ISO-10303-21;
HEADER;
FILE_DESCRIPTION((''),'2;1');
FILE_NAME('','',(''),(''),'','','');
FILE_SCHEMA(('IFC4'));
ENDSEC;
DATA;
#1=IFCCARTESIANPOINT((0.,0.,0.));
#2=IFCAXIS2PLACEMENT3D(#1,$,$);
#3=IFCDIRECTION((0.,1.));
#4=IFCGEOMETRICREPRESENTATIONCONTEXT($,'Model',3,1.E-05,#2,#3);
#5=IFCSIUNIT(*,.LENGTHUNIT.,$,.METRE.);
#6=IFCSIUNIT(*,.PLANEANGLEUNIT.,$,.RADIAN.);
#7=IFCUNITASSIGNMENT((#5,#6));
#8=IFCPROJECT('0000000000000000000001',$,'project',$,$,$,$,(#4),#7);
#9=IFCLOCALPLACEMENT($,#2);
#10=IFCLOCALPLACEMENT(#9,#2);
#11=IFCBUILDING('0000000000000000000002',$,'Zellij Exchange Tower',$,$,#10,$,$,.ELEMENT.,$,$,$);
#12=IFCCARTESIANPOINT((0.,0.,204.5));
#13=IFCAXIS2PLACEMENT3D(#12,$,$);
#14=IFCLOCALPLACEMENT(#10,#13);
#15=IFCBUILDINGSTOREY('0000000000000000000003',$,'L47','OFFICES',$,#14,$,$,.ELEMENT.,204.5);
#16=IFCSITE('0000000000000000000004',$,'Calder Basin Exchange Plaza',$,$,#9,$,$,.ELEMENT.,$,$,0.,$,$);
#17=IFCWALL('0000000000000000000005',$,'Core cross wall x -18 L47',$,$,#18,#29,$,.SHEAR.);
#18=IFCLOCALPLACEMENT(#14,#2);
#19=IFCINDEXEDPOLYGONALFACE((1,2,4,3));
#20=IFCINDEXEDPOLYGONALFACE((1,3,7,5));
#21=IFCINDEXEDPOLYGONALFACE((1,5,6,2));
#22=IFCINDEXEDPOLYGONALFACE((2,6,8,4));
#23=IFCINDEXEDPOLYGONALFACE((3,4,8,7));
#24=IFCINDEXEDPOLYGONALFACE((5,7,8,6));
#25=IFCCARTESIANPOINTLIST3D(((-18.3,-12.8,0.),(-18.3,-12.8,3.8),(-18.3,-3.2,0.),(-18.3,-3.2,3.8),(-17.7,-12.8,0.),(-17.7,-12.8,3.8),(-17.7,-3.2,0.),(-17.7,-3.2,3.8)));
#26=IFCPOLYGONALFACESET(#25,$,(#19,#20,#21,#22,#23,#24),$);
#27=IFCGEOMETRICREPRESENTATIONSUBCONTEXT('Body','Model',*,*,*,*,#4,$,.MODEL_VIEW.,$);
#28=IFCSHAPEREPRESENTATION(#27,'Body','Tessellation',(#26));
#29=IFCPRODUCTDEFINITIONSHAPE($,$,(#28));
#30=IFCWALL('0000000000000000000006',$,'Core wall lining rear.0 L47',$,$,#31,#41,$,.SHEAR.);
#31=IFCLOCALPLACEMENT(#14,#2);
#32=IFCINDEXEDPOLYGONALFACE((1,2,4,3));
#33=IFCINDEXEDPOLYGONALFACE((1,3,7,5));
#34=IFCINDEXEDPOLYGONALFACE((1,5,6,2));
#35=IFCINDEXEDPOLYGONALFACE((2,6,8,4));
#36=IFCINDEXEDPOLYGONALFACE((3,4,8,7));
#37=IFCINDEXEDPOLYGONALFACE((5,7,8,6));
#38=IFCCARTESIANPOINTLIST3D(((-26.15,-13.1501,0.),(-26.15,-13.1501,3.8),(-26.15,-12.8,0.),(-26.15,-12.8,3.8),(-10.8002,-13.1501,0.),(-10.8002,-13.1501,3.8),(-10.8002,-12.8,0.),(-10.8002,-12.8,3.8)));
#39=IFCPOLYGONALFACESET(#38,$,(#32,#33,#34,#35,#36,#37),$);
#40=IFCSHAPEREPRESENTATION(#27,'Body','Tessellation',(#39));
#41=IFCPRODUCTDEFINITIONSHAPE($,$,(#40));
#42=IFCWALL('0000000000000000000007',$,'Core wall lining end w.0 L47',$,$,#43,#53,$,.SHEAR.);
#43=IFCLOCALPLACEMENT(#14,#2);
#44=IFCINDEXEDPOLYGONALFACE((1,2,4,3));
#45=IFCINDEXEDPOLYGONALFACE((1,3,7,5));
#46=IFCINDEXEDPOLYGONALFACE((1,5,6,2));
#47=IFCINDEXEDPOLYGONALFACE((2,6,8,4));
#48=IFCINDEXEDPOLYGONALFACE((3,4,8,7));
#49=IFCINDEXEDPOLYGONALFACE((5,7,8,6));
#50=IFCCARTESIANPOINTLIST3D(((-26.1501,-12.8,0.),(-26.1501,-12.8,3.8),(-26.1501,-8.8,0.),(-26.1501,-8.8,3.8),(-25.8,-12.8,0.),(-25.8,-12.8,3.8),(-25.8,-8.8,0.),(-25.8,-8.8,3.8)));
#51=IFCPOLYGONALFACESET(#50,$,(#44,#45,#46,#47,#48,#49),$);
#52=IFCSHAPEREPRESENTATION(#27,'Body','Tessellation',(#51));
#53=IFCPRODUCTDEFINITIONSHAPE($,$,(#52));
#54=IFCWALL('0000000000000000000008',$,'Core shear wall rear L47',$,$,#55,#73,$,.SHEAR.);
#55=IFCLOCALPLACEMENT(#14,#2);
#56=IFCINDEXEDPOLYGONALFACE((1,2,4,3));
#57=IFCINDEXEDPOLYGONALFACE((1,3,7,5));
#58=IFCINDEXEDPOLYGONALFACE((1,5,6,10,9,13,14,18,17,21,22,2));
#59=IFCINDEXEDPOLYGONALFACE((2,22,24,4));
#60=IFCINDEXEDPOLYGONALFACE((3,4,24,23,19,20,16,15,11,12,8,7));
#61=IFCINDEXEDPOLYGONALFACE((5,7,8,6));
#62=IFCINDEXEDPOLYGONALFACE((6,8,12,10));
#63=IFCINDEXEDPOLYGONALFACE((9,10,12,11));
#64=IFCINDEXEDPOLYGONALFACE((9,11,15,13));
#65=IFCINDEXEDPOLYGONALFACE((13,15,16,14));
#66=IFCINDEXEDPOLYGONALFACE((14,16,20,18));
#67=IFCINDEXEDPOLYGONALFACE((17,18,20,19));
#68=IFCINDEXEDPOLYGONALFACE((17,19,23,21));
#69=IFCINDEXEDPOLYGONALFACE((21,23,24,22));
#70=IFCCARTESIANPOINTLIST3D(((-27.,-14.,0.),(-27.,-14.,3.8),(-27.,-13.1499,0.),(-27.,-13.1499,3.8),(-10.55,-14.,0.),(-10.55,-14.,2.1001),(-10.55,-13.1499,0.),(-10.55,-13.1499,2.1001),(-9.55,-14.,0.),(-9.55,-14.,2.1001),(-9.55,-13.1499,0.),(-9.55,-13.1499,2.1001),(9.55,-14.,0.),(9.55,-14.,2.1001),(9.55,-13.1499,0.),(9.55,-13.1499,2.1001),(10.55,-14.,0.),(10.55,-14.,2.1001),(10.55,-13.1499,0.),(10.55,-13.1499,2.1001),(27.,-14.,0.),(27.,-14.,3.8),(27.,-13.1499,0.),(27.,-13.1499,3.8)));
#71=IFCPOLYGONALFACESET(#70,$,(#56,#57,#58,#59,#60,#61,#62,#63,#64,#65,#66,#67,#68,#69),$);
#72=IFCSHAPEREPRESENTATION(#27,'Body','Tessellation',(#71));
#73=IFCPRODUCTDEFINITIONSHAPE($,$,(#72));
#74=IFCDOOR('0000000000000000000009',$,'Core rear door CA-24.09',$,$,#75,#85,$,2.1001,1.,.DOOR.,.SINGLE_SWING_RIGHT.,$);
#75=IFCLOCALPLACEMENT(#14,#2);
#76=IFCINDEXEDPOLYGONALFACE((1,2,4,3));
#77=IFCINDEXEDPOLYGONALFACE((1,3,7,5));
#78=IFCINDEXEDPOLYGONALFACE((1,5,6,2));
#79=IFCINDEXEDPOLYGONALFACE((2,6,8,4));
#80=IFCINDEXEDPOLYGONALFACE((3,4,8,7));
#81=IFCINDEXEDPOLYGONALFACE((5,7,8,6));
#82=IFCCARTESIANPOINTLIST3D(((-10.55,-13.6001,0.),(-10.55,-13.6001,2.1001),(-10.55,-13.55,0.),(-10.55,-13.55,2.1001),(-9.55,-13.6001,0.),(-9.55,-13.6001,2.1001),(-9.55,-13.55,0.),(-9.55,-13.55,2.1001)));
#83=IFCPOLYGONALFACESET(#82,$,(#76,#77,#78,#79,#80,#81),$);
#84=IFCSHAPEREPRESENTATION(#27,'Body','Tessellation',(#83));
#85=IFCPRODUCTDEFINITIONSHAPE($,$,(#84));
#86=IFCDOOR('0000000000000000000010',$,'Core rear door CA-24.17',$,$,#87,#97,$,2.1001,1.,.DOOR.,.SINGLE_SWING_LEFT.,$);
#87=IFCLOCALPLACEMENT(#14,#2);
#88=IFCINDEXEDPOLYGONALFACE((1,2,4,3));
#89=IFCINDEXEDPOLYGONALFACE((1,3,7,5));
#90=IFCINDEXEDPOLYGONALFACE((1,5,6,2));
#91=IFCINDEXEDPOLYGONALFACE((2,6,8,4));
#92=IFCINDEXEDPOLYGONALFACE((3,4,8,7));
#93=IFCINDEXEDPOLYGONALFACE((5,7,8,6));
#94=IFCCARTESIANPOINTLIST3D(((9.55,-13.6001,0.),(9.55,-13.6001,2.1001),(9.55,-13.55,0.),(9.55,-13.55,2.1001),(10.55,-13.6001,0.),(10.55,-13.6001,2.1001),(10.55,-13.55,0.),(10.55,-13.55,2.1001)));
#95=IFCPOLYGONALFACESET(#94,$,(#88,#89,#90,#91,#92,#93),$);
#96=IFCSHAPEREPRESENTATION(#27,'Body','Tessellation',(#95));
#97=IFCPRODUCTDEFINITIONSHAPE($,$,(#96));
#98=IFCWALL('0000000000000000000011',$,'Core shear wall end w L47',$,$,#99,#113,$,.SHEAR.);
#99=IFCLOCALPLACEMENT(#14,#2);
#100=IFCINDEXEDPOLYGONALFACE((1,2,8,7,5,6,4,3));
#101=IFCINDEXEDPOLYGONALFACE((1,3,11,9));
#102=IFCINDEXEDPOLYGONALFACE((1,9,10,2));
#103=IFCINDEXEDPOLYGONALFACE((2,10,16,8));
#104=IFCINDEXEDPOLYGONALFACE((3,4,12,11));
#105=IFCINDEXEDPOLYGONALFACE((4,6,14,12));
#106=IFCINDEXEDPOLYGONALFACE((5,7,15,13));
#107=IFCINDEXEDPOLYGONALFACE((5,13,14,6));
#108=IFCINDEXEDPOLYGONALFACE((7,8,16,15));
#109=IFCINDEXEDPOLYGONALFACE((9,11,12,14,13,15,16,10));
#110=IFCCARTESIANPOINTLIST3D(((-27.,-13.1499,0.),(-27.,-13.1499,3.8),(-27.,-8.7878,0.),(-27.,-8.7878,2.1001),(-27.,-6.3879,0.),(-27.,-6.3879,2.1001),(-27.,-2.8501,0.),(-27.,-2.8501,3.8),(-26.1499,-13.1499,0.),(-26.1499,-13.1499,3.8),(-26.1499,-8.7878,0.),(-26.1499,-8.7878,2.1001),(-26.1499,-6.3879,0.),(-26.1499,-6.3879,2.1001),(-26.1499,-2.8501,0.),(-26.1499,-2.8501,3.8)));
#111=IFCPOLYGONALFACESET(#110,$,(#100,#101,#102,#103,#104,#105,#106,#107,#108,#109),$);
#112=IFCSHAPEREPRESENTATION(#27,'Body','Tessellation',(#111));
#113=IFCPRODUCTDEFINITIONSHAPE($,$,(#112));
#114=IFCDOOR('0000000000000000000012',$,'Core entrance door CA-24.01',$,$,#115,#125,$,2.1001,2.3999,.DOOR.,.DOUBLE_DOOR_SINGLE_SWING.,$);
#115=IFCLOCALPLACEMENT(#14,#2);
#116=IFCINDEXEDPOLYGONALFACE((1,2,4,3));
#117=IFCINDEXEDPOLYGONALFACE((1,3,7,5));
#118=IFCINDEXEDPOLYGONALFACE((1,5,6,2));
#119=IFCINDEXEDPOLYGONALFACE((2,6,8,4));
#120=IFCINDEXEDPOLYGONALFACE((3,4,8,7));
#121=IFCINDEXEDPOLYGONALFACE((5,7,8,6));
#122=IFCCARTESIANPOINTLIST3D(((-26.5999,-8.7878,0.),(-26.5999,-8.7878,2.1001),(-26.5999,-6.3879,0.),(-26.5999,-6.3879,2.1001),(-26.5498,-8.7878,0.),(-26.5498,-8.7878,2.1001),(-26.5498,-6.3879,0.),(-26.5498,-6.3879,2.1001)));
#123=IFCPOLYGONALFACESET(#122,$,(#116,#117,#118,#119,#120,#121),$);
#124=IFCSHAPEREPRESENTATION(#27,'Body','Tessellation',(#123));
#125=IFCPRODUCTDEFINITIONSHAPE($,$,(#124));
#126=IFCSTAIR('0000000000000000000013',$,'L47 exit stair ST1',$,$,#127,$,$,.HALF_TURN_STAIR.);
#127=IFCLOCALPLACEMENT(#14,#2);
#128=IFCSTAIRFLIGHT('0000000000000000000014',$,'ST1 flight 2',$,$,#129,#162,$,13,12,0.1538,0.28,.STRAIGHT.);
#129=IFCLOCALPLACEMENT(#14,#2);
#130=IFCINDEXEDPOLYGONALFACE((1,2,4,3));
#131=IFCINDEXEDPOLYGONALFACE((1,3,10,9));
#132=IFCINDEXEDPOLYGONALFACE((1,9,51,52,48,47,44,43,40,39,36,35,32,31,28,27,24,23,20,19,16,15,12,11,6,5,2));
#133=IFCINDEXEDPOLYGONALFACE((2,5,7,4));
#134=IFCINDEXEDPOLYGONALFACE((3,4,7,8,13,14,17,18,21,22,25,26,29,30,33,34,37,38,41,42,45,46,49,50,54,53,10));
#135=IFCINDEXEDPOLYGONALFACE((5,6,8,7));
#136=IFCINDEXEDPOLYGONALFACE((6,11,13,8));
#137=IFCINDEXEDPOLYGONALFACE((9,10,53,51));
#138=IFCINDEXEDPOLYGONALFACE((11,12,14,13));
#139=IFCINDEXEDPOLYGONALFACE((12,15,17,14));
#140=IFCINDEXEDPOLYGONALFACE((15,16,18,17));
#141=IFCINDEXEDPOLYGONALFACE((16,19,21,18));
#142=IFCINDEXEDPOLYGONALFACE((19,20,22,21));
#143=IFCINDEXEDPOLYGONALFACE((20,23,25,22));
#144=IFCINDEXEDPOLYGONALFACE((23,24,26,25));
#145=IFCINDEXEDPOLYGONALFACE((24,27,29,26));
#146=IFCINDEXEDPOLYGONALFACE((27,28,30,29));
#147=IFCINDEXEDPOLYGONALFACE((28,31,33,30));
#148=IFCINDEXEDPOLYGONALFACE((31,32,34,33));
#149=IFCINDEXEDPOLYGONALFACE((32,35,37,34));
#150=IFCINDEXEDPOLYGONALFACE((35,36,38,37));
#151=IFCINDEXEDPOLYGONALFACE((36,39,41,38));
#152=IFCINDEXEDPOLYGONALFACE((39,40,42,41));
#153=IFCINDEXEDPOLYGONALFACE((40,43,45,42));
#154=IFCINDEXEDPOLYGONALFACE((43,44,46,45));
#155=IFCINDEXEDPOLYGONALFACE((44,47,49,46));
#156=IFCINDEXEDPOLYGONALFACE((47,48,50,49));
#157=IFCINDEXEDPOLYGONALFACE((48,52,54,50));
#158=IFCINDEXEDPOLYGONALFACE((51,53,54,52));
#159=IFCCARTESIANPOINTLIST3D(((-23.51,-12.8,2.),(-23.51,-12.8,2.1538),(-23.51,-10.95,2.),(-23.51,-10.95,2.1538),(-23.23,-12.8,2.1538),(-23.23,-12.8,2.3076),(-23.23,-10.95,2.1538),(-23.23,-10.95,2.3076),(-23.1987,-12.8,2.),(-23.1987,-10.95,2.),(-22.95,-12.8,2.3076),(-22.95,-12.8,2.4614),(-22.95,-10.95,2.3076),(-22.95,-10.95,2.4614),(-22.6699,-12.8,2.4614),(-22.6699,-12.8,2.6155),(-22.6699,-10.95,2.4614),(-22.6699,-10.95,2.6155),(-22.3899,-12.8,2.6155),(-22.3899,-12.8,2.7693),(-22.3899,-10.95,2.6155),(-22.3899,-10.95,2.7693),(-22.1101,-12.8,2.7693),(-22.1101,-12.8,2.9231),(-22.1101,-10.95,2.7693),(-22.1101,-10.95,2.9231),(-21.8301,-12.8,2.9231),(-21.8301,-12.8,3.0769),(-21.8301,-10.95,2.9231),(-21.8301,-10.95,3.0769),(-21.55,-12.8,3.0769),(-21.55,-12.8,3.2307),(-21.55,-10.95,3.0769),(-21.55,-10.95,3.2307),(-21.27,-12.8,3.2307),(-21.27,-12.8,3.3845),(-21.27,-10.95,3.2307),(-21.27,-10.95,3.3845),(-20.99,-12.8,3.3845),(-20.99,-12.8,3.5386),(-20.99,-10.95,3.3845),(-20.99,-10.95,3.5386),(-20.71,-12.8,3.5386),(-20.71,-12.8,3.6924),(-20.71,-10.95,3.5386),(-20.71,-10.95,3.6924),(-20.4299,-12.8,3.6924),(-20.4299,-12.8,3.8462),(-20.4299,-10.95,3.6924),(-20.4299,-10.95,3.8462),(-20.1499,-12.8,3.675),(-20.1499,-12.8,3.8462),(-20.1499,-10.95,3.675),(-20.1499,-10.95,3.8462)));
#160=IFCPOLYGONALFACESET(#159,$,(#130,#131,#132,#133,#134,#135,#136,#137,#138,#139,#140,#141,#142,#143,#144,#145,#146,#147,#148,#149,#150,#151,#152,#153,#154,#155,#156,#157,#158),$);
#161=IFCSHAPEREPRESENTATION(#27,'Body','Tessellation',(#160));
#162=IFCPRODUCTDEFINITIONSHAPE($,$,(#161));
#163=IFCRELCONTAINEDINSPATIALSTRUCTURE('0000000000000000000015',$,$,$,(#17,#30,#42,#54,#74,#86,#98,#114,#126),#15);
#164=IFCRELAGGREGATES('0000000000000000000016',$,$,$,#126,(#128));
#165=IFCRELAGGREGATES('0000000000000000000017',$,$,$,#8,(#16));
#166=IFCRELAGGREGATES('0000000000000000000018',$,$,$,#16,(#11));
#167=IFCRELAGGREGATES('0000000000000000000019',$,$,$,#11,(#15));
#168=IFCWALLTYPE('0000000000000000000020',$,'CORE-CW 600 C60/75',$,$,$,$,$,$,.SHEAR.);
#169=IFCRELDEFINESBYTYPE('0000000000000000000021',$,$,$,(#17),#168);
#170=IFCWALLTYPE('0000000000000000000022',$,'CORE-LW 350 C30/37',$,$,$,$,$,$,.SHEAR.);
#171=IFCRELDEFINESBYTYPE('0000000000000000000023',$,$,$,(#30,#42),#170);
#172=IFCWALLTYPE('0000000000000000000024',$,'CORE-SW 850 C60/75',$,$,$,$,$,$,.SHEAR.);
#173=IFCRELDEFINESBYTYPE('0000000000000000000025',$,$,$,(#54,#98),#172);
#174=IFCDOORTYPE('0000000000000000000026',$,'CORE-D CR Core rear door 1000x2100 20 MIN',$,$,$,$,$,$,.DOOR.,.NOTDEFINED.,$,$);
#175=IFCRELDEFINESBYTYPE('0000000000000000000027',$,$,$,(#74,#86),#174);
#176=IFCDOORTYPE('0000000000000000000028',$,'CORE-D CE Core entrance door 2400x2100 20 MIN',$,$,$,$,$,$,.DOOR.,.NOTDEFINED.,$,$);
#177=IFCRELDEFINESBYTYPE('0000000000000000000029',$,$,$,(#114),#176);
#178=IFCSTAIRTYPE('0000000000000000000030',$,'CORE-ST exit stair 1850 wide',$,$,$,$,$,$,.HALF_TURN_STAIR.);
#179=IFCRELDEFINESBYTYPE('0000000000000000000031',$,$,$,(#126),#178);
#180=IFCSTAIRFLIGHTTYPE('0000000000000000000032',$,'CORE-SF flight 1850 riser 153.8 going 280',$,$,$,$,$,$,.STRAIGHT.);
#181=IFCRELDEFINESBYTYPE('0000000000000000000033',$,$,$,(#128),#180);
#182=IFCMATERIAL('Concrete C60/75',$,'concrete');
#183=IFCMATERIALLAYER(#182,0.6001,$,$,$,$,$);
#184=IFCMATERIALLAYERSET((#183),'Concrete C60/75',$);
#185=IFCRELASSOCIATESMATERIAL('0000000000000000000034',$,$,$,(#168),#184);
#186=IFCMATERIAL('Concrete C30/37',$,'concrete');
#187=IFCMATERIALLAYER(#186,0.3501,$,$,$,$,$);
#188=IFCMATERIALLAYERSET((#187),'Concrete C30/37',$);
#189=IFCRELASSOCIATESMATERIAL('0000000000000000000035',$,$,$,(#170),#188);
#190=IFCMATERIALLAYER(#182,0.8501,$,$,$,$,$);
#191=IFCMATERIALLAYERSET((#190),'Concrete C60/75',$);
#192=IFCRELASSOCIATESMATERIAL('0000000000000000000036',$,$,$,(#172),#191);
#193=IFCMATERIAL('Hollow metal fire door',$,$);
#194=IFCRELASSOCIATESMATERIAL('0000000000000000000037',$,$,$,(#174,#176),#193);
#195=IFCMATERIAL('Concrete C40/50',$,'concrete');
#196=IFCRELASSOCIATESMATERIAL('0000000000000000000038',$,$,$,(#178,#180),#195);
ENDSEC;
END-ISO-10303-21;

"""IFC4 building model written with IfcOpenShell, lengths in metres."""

from ifc_helpers import new_model, si_unit, direction, frame, frame_2d, origin, place, context, subcontext, project, spatial, polyline, rectangle, outline, extrude, material, layer, layer_set, type_object, element, fill, aggregate, save


model = new_model("IFC4")

# Units and contexts
model_context = context("Model", 3, precision=1e-05, world=origin(), true_north=direction((0.0, 1.0)))
body_context = subcontext(model_context, "Body", "Model", "MODEL_VIEW")
ifc_project = project(units=[si_unit("LENGTHUNIT", "METRE"), si_unit("PLANEANGLEUNIT", "RADIAN")], contexts=[model_context])

# Site, building, storey
site_placement = place(None, origin())
site = spatial("IfcSite", under=ifc_project, at=site_placement, Name="Calder Basin Exchange Plaza", CompositionType="ELEMENT", RefElevation=0.0)
building_placement = place(site_placement, origin())
building = spatial("IfcBuilding", under=site, at=building_placement, Name="Zellij Exchange Tower", CompositionType="ELEMENT")
storey_placement = place(building_placement, frame((0.0, 0.0, 204.5)))
storey = spatial("IfcBuildingStorey", under=building, at=storey_placement, Name="L47", Description="OFFICES", CompositionType="ELEMENT", Elevation=204.5)

# Walls
ifc_material_1 = material(Name="Concrete C60/75", Category="concrete")
ifc_layer_1 = layer(ifc_material_1, 0.6001)
ifc_layer_set_1 = layer_set([ifc_layer_1], Name="Concrete C60/75")
wall_type_1 = type_object("IfcWallType", Name="CORE-CW 600 C60/75", PredefinedType="SHEAR", material=ifc_layer_set_1)
wall_1_placement = place(storey_placement, frame((-18.0, -12.8, 0.0), z_axis=(0.0, 0.0, 1.0), x_axis=(0.0, 1.0, 0.0)))
element("IfcWall", 1, at=wall_1_placement, inside=storey, type_object=wall_type_1, Name="Core cross wall x -18 L47", PredefinedType="SHEAR", context=body_context, shape_type="SweptSolid", body=[
    extrude(rectangle(XDim=9.6001, YDim=0.6001, at=frame_2d((4.8, 0.0))), origin(), (0.0, 0.0, 1.0), 3.8),
])
ifc_material_2 = material(Name="Concrete C30/37", Category="concrete")
ifc_layer_2 = layer(ifc_material_2, 0.3501)
ifc_layer_set_2 = layer_set([ifc_layer_2], Name="Concrete C30/37")
wall_type_2 = type_object("IfcWallType", Name="CORE-LW 350 C30/37", PredefinedType="SHEAR", material=ifc_layer_set_2)
wall_2_placement = place(storey_placement, frame((-26.1499, -12.9751, 0.0), z_axis=(0.0, 0.0, 1.0), x_axis=(1.0, 0.0, 0.0)))
element("IfcWall", 2, at=wall_2_placement, inside=storey, type_object=wall_type_2, Name="Core wall lining rear.0 L47", PredefinedType="SHEAR", context=body_context, shape_type="SweptSolid", body=[
    extrude(rectangle(XDim=15.3499, YDim=0.3501, at=frame_2d((7.6748, 0.0))), origin(), (0.0, 0.0, 1.0), 3.8),
])
wall_3_placement = place(storey_placement, frame((-25.9751, -12.8, 0.0), z_axis=(0.0, 0.0, 1.0), x_axis=(0.0, 1.0, 0.0)))
element("IfcWall", 3, at=wall_3_placement, inside=storey, type_object=wall_type_2, Name="Core wall lining end w.0 L47", PredefinedType="SHEAR", context=body_context, shape_type="SweptSolid", body=[
    extrude(rectangle(XDim=4.0, YDim=0.3501, at=frame_2d((2.0, 0.0))), origin(), (0.0, 0.0, 1.0), 3.8),
])

# Wall, openings, doors
ifc_layer_3 = layer(ifc_material_1, 0.8501)
ifc_layer_set_3 = layer_set([ifc_layer_3], Name="Concrete C60/75")
wall_type_3 = type_object("IfcWallType", Name="CORE-SW 850 C60/75", PredefinedType="SHEAR", material=ifc_layer_set_3)
wall_4_placement = place(storey_placement, frame((-27.0, -13.575, 0.0), z_axis=(0.0, 0.0, 1.0), x_axis=(1.0, 0.0, 0.0)))
wall_4 = element("IfcWall", 4, at=wall_4_placement, inside=storey, type_object=wall_type_3, Name="Core shear wall rear L47", PredefinedType="SHEAR", context=body_context, shape_type="SweptSolid", body=[
    extrude(rectangle(XDim=54.0, YDim=0.8501, at=frame_2d((27.0, 0.0))), origin(), (0.0, 0.0, 1.0), 3.8),
])
opening_1_placement = place(wall_4_placement, frame((16.45, 0.0, 0.0)))
opening_1 = element("IfcOpeningElement", 5, at=opening_1_placement, cuts=wall_4, PredefinedType="OPENING", context=body_context, shape_type="SweptSolid", body=[
    extrude(rectangle(XDim=1.0, YDim=2.1001, at=frame_2d((0.5, 1.05))), frame((0.0, 0.437, 0.0), z_axis=(0.0, -1.0, 0.0), x_axis=(1.0, 0.0, 0.0)), (0.0, 0.0, 1.0), 0.874),
])
opening_2_placement = place(wall_4_placement, frame((36.55, 0.0, 0.0)))
opening_2 = element("IfcOpeningElement", 6, at=opening_2_placement, cuts=wall_4, PredefinedType="OPENING", context=body_context, shape_type="SweptSolid", body=[
    extrude(rectangle(XDim=1.0, YDim=2.1001, at=frame_2d((0.5, 1.05))), frame((0.0, 0.437, 0.0), z_axis=(0.0, -1.0, 0.0), x_axis=(1.0, 0.0, 0.0)), (0.0, 0.0, 1.0), 0.874),
])
ifc_material_3 = material(Name="Hollow metal fire door")
door_type_1 = type_object("IfcDoorType", Name="CORE-D CR Core rear door 1000x2100 20 MIN", OperationType="NOTDEFINED", PredefinedType="DOOR", material=ifc_material_3)
door_1_placement = place(opening_1_placement, origin())
door_1 = element("IfcDoor", 7, at=door_1_placement, inside=storey, type_object=door_type_1, Name="Core rear door CA-24.09", OperationType="SINGLE_SWING_RIGHT", OverallHeight=2.1001, OverallWidth=1.0, PredefinedType="DOOR", context=body_context, shape_type="SweptSolid", body=[
    extrude(rectangle(XDim=1.0, YDim=2.1001, at=frame_2d((0.5, 1.05))), frame((0.0, 0.0249, 0.0), z_axis=(0.0, -1.0, 0.0), x_axis=(1.0, 0.0, 0.0)), (0.0, 0.0, 1.0), 0.05),
])
fill(opening_1, door_1)
door_2_placement = place(opening_2_placement, origin())
door_2 = element("IfcDoor", 8, at=door_2_placement, inside=storey, type_object=door_type_1, Name="Core rear door CA-24.17", OperationType="SINGLE_SWING_LEFT", OverallHeight=2.1001, OverallWidth=1.0, PredefinedType="DOOR", context=body_context, shape_type="SweptSolid", body=[
    extrude(rectangle(XDim=1.0, YDim=2.1001, at=frame_2d((0.5, 1.05))), frame((0.0, 0.0249, 0.0), z_axis=(0.0, -1.0, 0.0), x_axis=(1.0, 0.0, 0.0)), (0.0, 0.0, 1.0), 0.05),
])
fill(opening_2, door_2)

# Wall, opening, door
wall_5_placement = place(storey_placement, frame((-26.575, -13.1499, 0.0), z_axis=(0.0, 0.0, 1.0), x_axis=(0.0, 1.0, 0.0)))
wall_5 = element("IfcWall", 9, at=wall_5_placement, inside=storey, type_object=wall_type_3, Name="Core shear wall end w L47", PredefinedType="SHEAR", context=body_context, shape_type="SweptSolid", body=[
    extrude(rectangle(XDim=10.2998, YDim=0.8501, at=frame_2d((5.1499, 0.0))), origin(), (0.0, 0.0, 1.0), 3.8),
])
opening_3_placement = place(wall_5_placement, frame((4.3621, 0.0, 0.0)))
opening_3 = element("IfcOpeningElement", 10, at=opening_3_placement, cuts=wall_5, PredefinedType="OPENING", context=body_context, shape_type="SweptSolid", body=[
    extrude(rectangle(XDim=2.3999, YDim=2.1001, at=frame_2d((1.2, 1.05))), frame((0.0, 0.437, 0.0), z_axis=(0.0, -1.0, 0.0), x_axis=(1.0, 0.0, 0.0)), (0.0, 0.0, 1.0), 0.874),
])
door_type_2 = type_object("IfcDoorType", Name="CORE-D CE Core entrance door 2400x2100 20 MIN", OperationType="NOTDEFINED", PredefinedType="DOOR", material=ifc_material_3)
door_3_placement = place(opening_3_placement, origin())
door_3 = element("IfcDoor", 11, at=door_3_placement, inside=storey, type_object=door_type_2, Name="Core entrance door CA-24.01", OperationType="DOUBLE_DOOR_SINGLE_SWING", OverallHeight=2.1001, OverallWidth=2.3999, PredefinedType="DOOR", context=body_context, shape_type="SweptSolid", body=[
    extrude(rectangle(XDim=2.3999, YDim=2.1001, at=frame_2d((1.2, 1.05))), frame((0.0, 0.0249, 0.0), z_axis=(0.0, -1.0, 0.0), x_axis=(1.0, 0.0, 0.0)), (0.0, 0.0, 1.0), 0.05),
])
fill(opening_3, door_3)

# Stair, stair flight
ifc_material_4 = material(Name="Concrete C40/50", Category="concrete")
stair_type = type_object("IfcStairType", Name="CORE-ST exit stair 1850 wide", PredefinedType="HALF_TURN_STAIR", material=ifc_material_4)
stair_placement = place(storey_placement, origin())
stair = element("IfcStair", 12, at=stair_placement, inside=storey, type_object=stair_type, Name="L47 exit stair ST1", PredefinedType="HALF_TURN_STAIR")
stair_flight_type = type_object("IfcStairFlightType", Name="CORE-SF flight 1850 riser 153.8 going 280", PredefinedType="STRAIGHT", material=ifc_material_4)
stair_flight_placement = place(storey_placement, frame((-23.51, -11.875, 2.0), z_axis=(0.0, 0.0, 1.0), x_axis=(1.0, 0.0, 0.0)))
stair_flight = element("IfcStairFlight", 13, at=stair_flight_placement, type_object=stair_flight_type, Name="ST1 flight 2", NumberOfRisers=13, NumberOfTreads=12, PredefinedType="STRAIGHT", RiserHeight=0.1538, TreadLength=0.28, context=body_context, shape_type="SweptSolid", body=[
    extrude(outline(polyline([(0.0, 0.0), (0.0, 0.1538), (0.28, 0.1538), (0.28, 0.3076), (0.5601, 0.3076), (0.5601, 0.4614), (0.8401, 0.4614), (0.8401, 0.6155), (1.1201, 0.6155), (1.1201, 0.7693), (1.3999, 0.7693), (1.3999, 0.9231), (1.6799, 0.9231), (1.6799, 1.0769), (1.96, 1.0769), (1.96, 1.2307), (2.24, 1.2307), (2.24, 1.3845), (2.52, 1.3845), (2.52, 1.5386), (2.8, 1.5386), (2.8, 1.6924), (3.0801, 1.6924), (3.0801, 1.8462), (3.3601, 1.8462), (3.3601, 2.0), (3.3601, 1.675), (0.3113, 0.0), (0.0, 0.0)])), frame((0.0, 0.925, 0.0), z_axis=(0.0, -1.0, 0.0), x_axis=(1.0, 0.0, 0.0)), (0.0, 0.0, 1.0), 1.8501),
])
aggregate(stair, [stair_flight])

save(model, "model.ifc")
